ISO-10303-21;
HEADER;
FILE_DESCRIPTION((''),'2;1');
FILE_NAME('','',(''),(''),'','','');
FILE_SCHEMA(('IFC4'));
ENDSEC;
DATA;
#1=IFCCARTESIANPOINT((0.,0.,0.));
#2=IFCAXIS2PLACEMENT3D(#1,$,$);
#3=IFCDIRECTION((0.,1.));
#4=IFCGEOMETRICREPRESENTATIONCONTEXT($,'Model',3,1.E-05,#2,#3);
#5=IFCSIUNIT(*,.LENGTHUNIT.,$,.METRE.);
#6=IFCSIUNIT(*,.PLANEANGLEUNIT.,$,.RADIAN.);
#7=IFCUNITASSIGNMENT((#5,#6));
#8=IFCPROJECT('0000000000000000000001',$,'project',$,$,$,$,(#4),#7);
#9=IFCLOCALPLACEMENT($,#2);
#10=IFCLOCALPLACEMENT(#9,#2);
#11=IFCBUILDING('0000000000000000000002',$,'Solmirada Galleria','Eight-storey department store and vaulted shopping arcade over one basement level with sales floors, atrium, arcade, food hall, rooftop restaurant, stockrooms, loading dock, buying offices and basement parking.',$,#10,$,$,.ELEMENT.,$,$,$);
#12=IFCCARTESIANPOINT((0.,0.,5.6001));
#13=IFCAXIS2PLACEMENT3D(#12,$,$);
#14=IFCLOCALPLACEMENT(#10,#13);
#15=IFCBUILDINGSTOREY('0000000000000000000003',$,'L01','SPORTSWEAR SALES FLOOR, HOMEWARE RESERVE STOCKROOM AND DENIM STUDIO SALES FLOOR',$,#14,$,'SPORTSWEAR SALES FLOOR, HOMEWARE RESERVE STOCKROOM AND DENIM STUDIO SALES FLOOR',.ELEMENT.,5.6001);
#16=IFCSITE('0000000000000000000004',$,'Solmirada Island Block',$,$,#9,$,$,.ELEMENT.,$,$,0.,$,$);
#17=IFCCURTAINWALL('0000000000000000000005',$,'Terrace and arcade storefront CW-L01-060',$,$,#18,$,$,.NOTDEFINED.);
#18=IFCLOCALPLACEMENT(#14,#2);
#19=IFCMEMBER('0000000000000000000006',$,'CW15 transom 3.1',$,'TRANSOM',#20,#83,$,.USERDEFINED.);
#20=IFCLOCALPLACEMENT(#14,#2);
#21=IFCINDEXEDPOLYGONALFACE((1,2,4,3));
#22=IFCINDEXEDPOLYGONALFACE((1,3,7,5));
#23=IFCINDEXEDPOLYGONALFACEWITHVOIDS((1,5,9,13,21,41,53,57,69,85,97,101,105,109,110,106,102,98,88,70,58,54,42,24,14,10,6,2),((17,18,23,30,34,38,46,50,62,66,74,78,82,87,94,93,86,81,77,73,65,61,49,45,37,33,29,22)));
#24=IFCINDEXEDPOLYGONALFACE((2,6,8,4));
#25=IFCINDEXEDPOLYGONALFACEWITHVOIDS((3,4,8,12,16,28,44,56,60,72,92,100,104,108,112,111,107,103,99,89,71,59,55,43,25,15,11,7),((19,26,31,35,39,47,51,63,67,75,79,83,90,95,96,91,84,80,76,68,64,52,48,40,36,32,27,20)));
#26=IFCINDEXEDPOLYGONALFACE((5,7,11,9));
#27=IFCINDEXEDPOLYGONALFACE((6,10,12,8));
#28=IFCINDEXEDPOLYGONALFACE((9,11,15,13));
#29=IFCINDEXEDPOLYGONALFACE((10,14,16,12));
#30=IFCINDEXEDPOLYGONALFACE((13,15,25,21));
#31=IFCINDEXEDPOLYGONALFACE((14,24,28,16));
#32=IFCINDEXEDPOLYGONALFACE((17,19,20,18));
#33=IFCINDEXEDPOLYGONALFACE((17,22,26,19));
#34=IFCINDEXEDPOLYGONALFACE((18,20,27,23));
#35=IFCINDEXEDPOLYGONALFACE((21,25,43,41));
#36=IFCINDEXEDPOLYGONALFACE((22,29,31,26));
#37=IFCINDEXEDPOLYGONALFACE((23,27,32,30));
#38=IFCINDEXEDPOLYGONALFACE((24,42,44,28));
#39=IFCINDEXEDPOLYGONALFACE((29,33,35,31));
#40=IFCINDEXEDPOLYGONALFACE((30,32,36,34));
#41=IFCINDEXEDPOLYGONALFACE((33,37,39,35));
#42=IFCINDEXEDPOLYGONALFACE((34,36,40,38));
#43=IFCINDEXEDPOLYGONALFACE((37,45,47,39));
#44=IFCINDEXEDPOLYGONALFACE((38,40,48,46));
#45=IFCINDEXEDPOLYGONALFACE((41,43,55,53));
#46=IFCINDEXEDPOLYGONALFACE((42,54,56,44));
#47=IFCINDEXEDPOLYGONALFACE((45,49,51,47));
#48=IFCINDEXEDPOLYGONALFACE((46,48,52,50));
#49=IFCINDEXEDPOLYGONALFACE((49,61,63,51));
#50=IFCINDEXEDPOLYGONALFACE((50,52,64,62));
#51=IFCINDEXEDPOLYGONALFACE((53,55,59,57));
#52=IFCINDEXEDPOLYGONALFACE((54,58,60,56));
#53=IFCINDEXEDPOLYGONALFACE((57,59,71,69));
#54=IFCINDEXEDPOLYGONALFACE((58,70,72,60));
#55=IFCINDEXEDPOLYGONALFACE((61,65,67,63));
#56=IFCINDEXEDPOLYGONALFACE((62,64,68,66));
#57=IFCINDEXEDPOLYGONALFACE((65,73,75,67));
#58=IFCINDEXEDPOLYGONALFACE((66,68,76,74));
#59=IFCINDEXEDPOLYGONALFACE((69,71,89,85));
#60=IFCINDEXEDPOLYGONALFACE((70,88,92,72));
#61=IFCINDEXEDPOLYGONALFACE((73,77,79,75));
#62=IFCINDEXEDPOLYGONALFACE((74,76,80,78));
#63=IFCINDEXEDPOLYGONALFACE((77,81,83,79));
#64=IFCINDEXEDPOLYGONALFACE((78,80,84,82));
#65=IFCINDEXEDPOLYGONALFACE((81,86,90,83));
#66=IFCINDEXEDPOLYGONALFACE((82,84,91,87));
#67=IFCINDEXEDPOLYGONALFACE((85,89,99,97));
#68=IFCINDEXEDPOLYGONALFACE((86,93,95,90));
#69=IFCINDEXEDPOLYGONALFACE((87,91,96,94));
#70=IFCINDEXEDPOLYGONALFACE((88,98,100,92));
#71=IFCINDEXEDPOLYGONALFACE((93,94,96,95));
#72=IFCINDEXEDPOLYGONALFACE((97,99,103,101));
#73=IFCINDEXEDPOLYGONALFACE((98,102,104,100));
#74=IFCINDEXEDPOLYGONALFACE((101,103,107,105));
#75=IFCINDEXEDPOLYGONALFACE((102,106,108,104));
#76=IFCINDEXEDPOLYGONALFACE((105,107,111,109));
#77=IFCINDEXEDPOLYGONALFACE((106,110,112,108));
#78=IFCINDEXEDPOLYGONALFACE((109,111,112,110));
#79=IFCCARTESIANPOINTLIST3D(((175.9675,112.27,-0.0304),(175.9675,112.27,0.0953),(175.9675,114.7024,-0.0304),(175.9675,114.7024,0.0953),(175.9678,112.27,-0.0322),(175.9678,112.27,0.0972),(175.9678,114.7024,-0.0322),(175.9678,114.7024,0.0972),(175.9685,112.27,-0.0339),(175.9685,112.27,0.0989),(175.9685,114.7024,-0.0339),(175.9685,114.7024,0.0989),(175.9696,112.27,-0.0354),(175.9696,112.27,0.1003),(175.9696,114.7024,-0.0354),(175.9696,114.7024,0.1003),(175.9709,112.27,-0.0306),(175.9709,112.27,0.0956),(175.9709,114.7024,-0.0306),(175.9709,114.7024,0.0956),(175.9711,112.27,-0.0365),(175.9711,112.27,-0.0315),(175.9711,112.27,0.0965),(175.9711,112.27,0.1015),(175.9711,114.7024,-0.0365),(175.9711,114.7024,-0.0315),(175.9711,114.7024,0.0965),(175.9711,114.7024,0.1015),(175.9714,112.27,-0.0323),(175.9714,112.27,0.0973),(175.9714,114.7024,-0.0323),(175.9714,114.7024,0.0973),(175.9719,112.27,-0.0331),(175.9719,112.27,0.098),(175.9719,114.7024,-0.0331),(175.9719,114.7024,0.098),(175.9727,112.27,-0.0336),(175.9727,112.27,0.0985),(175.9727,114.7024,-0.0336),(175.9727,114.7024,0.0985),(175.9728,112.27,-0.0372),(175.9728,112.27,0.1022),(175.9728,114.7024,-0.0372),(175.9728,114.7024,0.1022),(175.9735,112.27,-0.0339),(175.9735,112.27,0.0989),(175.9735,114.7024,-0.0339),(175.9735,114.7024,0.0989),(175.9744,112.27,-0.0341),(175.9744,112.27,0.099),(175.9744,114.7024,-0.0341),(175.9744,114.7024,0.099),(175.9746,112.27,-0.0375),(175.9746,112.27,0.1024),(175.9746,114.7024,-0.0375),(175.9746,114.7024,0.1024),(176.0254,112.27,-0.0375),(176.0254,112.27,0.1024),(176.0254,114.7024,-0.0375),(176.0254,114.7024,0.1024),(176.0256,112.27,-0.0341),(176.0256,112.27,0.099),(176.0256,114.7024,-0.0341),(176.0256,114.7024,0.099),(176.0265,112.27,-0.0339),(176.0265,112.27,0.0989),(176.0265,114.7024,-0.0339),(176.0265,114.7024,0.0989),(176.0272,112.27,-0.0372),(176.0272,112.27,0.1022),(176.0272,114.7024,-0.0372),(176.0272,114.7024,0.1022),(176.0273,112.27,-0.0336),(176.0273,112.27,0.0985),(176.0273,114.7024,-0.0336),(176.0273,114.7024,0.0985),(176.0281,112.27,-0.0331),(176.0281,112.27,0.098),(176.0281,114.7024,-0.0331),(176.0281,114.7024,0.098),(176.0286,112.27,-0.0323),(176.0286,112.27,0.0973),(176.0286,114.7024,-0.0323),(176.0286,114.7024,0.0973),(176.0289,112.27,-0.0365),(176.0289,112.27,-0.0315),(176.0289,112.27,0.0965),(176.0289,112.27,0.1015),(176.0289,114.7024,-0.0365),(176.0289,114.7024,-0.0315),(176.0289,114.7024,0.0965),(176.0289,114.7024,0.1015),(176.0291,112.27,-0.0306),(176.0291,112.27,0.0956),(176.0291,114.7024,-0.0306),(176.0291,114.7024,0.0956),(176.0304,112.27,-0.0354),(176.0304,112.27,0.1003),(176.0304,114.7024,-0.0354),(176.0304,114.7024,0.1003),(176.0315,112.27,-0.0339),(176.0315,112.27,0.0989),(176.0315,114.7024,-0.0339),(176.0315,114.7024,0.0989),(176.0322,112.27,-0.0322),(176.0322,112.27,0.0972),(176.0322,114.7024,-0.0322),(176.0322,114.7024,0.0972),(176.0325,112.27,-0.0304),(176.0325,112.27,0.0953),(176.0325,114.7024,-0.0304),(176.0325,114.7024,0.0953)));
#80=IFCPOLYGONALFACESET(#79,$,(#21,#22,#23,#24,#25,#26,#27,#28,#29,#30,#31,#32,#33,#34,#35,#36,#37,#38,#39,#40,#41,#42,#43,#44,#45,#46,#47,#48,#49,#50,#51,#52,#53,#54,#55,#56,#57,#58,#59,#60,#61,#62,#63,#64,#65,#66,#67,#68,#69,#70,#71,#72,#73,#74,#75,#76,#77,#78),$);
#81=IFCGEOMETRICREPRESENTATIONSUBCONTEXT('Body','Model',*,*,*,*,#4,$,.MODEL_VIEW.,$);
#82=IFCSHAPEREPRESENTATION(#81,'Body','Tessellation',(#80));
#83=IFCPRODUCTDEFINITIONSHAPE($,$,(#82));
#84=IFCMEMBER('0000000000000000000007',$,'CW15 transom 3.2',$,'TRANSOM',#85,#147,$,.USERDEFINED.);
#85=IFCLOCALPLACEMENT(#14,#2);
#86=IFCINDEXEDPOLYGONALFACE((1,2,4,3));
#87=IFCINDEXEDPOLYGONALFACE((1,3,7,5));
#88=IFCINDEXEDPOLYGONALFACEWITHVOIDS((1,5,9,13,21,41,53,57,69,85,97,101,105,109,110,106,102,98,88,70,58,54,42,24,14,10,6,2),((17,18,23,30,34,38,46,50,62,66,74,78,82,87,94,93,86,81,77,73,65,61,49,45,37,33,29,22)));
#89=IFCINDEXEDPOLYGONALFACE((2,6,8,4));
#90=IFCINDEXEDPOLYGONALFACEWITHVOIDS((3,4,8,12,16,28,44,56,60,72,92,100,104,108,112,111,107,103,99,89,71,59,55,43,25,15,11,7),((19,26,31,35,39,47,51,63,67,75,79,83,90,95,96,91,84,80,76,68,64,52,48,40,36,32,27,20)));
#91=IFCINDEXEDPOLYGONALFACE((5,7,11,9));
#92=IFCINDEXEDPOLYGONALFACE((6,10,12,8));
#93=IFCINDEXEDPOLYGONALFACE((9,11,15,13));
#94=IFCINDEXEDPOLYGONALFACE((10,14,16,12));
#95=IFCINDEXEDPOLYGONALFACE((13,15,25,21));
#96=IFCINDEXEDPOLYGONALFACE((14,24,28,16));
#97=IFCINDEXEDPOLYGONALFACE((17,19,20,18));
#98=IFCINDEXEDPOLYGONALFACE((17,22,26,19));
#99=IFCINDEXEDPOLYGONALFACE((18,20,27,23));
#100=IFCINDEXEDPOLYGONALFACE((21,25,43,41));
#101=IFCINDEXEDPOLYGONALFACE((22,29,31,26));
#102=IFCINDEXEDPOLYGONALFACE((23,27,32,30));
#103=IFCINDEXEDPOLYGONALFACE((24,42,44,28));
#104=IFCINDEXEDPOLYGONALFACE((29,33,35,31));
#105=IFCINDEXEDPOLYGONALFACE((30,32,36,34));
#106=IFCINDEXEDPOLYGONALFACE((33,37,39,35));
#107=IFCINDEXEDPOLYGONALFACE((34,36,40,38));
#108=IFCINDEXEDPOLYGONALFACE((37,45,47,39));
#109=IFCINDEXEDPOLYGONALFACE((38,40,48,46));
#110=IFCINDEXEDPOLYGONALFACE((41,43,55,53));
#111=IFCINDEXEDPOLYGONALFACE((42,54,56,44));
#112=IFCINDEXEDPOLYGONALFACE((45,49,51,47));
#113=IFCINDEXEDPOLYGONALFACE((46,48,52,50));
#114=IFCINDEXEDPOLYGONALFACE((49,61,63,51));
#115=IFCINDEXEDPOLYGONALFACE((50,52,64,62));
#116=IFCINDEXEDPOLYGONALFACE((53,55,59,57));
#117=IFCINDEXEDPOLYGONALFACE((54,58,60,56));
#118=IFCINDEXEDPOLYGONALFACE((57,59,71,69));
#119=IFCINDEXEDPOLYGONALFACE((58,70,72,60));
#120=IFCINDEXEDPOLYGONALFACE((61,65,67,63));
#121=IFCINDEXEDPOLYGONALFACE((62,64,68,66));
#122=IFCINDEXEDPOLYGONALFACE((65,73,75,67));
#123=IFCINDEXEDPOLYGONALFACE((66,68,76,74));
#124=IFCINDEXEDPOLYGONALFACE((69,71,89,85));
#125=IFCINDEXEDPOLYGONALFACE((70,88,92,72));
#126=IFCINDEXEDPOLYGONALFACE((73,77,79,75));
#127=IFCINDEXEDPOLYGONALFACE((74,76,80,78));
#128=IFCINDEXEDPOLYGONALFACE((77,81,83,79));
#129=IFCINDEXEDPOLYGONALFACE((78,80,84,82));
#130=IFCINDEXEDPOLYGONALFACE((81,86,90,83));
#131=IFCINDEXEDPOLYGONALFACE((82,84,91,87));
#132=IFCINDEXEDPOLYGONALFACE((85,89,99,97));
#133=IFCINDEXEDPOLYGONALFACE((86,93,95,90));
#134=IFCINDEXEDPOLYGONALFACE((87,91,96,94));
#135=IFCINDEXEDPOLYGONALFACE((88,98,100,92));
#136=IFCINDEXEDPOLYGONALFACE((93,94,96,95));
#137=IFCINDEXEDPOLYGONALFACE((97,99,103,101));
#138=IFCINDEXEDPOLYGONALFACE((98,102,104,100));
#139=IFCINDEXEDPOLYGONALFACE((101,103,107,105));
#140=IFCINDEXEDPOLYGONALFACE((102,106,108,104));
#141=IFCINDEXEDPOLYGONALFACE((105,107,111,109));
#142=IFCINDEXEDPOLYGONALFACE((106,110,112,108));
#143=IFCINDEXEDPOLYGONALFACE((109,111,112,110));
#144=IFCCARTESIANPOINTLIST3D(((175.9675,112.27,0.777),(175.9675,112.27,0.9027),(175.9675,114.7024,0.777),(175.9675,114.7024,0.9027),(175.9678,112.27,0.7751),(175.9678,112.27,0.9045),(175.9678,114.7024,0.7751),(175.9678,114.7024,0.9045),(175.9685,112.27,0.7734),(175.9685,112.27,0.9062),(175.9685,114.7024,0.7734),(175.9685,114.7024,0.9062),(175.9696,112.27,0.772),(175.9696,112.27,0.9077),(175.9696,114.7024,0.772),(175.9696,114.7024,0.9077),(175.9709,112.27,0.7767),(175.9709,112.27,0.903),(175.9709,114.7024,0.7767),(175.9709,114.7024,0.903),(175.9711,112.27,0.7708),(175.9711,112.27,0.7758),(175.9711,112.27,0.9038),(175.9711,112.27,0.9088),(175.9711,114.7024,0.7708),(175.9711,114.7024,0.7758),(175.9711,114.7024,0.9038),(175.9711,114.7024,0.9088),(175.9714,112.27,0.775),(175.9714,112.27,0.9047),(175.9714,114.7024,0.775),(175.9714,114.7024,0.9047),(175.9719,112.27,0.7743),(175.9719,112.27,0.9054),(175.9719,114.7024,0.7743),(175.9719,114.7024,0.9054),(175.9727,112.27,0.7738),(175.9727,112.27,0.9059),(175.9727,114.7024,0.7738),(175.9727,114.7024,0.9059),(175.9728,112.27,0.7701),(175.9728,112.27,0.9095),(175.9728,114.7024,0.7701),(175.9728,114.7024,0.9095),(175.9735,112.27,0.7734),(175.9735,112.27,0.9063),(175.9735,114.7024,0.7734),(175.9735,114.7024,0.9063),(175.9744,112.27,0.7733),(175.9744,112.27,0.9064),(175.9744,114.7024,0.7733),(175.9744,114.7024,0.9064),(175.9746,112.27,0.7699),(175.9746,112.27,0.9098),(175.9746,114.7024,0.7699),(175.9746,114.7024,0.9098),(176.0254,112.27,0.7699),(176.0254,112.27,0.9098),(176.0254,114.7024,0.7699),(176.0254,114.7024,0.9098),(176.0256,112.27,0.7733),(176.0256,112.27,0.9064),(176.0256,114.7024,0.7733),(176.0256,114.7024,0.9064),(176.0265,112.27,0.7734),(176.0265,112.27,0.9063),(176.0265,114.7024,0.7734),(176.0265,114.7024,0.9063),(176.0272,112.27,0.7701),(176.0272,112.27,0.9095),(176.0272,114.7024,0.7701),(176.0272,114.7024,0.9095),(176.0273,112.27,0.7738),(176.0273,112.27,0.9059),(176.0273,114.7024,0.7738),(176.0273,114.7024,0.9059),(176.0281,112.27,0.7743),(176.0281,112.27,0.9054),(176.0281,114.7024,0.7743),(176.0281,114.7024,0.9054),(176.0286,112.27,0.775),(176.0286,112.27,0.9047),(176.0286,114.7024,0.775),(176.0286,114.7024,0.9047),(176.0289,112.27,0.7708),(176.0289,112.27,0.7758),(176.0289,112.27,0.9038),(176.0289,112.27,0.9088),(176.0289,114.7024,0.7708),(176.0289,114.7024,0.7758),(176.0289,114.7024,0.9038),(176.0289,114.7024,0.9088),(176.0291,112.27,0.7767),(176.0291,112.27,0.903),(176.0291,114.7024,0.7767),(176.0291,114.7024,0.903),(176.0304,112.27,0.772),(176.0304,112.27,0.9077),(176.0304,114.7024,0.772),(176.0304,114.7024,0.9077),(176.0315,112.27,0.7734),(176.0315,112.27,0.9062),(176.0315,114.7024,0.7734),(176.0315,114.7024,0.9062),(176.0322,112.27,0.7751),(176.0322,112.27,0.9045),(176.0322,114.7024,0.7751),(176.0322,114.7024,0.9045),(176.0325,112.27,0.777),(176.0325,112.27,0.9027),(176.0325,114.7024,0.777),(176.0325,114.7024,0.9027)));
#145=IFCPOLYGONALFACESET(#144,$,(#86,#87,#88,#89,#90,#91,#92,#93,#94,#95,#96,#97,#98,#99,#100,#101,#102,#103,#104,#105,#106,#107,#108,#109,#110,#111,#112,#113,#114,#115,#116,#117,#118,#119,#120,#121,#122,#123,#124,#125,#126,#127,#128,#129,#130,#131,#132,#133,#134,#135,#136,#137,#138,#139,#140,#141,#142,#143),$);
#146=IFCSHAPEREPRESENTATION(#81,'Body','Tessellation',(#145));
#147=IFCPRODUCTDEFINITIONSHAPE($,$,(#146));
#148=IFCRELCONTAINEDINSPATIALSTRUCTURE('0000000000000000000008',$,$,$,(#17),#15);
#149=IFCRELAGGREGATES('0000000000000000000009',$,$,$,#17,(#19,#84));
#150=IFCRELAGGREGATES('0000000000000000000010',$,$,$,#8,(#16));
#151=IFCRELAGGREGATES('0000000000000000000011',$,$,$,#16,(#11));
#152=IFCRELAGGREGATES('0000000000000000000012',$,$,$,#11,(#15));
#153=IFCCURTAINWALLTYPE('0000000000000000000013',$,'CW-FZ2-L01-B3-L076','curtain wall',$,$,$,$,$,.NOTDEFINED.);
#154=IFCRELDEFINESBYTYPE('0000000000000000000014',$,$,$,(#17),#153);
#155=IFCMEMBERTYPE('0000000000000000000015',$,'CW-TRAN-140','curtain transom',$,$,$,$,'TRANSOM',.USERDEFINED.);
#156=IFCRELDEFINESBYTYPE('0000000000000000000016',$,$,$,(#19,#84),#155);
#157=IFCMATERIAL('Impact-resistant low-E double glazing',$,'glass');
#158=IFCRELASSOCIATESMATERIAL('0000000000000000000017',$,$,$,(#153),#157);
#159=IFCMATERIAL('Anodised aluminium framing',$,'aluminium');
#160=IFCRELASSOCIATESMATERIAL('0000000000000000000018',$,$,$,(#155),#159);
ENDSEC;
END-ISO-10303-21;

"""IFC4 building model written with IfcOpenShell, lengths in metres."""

from ifc_helpers import new_model, si_unit, direction, frame, origin, origin_2d, place, context, subcontext, project, spatial, hollow_rectangle, extrude, material, material_profile, profile_set, type_object, element, aggregate, save


model = new_model("IFC4")

# Units and contexts
model_context = context("Model", 3, precision=1e-05, world=origin(), true_north=direction((0.0, 1.0)))
body_context = subcontext(model_context, "Body", "Model", "MODEL_VIEW")
ifc_project = project(units=[si_unit("LENGTHUNIT", "METRE"), si_unit("PLANEANGLEUNIT", "RADIAN")], contexts=[model_context])

# Site, building, storey
site_placement = place(None, origin())
site = spatial("IfcSite", under=ifc_project, at=site_placement, Name="Solmirada Island Block", CompositionType="ELEMENT", RefElevation=0.0)
building_placement = place(site_placement, origin())
building = spatial("IfcBuilding", under=site, at=building_placement, Name="Solmirada Galleria", Description="Eight-storey department store and vaulted shopping arcade over one basement level with sales floors, atrium, arcade, food hall, rooftop restaurant, stockrooms, loading dock, buying offices and basement parking.", CompositionType="ELEMENT")
storey_placement = place(building_placement, frame((0.0, 0.0, 5.6001)))
storey = spatial("IfcBuildingStorey", under=building, at=storey_placement, Name="L01", Description="SPORTSWEAR SALES FLOOR, HOMEWARE RESERVE STOCKROOM AND DENIM STUDIO SALES FLOOR", LongName="SPORTSWEAR SALES FLOOR, HOMEWARE RESERVE STOCKROOM AND DENIM STUDIO SALES FLOOR", CompositionType="ELEMENT", Elevation=5.6001)

# Curtain wall
ifc_material_1 = material(Name="Impact-resistant low-E double glazing", Category="glass")
curtain_wall_type = type_object("IfcCurtainWallType", Name="CW-FZ2-L01-B3-L076", Description="curtain wall", PredefinedType="NOTDEFINED", material=ifc_material_1)
curtain_wall_1_placement = place(storey_placement, origin())
curtain_wall_1 = element("IfcCurtainWall", 1, at=curtain_wall_1_placement, inside=storey, type_object=curtain_wall_type, Name="Terrace and arcade storefront CW-L01-060", PredefinedType="NOTDEFINED")
ifc_material_2 = material(Name="Anodised aluminium framing", Category="aluminium")

# Members
ifc_material_profile_1 = material_profile(ifc_material_2, hollow_rectangle(XDim=0.0649, YDim=0.1399, WallThickness=0.0034, InnerFilletRadius=0.0034, OuterFilletRadius=0.0071, at=origin_2d()), Name="ALU-TRAN-140X65")
ifc_profile_set_1 = profile_set([ifc_material_profile_1], Name="Anodised aluminium framing")
member_type_1 = type_object("IfcMemberType", Name="CW-TRAN-140", Description="curtain transom", ElementType="TRANSOM", PredefinedType="USERDEFINED", material=ifc_profile_set_1)
member_1_placement = place(storey_placement, frame((176.0, 114.7024, 0.0325), z_axis=(0.0, -1.0, 0.0), x_axis=(1.0, 0.0, 0.0)))
member_1 = element("IfcMember", 2, at=member_1_placement, type_object=member_type_1, Name="CW15 transom 3.1", ObjectType="TRANSOM", PredefinedType="USERDEFINED", context=body_context, shape_type="SweptSolid", body=[
    extrude(hollow_rectangle(XDim=0.0649, YDim=0.1399, WallThickness=0.0034, InnerFilletRadius=0.0034, OuterFilletRadius=0.0071, at=origin_2d()), origin(), (0.0, 0.0, 1.0), 2.4324),
])
member_2_placement = place(storey_placement, frame((176.0, 114.7024, 0.8398), z_axis=(0.0, -1.0, 0.0), x_axis=(1.0, 0.0, 0.0)))
member_2 = element("IfcMember", 3, at=member_2_placement, type_object=member_type_1, Name="CW15 transom 3.2", ObjectType="TRANSOM", PredefinedType="USERDEFINED", context=body_context, shape_type="SweptSolid", body=[
    extrude(hollow_rectangle(XDim=0.0649, YDim=0.1399, WallThickness=0.0034, InnerFilletRadius=0.0034, OuterFilletRadius=0.0071, at=origin_2d()), origin(), (0.0, 0.0, 1.0), 2.4324),
])

aggregate(curtain_wall_1, [member_1, member_2])

save(model, "model.ifc")
